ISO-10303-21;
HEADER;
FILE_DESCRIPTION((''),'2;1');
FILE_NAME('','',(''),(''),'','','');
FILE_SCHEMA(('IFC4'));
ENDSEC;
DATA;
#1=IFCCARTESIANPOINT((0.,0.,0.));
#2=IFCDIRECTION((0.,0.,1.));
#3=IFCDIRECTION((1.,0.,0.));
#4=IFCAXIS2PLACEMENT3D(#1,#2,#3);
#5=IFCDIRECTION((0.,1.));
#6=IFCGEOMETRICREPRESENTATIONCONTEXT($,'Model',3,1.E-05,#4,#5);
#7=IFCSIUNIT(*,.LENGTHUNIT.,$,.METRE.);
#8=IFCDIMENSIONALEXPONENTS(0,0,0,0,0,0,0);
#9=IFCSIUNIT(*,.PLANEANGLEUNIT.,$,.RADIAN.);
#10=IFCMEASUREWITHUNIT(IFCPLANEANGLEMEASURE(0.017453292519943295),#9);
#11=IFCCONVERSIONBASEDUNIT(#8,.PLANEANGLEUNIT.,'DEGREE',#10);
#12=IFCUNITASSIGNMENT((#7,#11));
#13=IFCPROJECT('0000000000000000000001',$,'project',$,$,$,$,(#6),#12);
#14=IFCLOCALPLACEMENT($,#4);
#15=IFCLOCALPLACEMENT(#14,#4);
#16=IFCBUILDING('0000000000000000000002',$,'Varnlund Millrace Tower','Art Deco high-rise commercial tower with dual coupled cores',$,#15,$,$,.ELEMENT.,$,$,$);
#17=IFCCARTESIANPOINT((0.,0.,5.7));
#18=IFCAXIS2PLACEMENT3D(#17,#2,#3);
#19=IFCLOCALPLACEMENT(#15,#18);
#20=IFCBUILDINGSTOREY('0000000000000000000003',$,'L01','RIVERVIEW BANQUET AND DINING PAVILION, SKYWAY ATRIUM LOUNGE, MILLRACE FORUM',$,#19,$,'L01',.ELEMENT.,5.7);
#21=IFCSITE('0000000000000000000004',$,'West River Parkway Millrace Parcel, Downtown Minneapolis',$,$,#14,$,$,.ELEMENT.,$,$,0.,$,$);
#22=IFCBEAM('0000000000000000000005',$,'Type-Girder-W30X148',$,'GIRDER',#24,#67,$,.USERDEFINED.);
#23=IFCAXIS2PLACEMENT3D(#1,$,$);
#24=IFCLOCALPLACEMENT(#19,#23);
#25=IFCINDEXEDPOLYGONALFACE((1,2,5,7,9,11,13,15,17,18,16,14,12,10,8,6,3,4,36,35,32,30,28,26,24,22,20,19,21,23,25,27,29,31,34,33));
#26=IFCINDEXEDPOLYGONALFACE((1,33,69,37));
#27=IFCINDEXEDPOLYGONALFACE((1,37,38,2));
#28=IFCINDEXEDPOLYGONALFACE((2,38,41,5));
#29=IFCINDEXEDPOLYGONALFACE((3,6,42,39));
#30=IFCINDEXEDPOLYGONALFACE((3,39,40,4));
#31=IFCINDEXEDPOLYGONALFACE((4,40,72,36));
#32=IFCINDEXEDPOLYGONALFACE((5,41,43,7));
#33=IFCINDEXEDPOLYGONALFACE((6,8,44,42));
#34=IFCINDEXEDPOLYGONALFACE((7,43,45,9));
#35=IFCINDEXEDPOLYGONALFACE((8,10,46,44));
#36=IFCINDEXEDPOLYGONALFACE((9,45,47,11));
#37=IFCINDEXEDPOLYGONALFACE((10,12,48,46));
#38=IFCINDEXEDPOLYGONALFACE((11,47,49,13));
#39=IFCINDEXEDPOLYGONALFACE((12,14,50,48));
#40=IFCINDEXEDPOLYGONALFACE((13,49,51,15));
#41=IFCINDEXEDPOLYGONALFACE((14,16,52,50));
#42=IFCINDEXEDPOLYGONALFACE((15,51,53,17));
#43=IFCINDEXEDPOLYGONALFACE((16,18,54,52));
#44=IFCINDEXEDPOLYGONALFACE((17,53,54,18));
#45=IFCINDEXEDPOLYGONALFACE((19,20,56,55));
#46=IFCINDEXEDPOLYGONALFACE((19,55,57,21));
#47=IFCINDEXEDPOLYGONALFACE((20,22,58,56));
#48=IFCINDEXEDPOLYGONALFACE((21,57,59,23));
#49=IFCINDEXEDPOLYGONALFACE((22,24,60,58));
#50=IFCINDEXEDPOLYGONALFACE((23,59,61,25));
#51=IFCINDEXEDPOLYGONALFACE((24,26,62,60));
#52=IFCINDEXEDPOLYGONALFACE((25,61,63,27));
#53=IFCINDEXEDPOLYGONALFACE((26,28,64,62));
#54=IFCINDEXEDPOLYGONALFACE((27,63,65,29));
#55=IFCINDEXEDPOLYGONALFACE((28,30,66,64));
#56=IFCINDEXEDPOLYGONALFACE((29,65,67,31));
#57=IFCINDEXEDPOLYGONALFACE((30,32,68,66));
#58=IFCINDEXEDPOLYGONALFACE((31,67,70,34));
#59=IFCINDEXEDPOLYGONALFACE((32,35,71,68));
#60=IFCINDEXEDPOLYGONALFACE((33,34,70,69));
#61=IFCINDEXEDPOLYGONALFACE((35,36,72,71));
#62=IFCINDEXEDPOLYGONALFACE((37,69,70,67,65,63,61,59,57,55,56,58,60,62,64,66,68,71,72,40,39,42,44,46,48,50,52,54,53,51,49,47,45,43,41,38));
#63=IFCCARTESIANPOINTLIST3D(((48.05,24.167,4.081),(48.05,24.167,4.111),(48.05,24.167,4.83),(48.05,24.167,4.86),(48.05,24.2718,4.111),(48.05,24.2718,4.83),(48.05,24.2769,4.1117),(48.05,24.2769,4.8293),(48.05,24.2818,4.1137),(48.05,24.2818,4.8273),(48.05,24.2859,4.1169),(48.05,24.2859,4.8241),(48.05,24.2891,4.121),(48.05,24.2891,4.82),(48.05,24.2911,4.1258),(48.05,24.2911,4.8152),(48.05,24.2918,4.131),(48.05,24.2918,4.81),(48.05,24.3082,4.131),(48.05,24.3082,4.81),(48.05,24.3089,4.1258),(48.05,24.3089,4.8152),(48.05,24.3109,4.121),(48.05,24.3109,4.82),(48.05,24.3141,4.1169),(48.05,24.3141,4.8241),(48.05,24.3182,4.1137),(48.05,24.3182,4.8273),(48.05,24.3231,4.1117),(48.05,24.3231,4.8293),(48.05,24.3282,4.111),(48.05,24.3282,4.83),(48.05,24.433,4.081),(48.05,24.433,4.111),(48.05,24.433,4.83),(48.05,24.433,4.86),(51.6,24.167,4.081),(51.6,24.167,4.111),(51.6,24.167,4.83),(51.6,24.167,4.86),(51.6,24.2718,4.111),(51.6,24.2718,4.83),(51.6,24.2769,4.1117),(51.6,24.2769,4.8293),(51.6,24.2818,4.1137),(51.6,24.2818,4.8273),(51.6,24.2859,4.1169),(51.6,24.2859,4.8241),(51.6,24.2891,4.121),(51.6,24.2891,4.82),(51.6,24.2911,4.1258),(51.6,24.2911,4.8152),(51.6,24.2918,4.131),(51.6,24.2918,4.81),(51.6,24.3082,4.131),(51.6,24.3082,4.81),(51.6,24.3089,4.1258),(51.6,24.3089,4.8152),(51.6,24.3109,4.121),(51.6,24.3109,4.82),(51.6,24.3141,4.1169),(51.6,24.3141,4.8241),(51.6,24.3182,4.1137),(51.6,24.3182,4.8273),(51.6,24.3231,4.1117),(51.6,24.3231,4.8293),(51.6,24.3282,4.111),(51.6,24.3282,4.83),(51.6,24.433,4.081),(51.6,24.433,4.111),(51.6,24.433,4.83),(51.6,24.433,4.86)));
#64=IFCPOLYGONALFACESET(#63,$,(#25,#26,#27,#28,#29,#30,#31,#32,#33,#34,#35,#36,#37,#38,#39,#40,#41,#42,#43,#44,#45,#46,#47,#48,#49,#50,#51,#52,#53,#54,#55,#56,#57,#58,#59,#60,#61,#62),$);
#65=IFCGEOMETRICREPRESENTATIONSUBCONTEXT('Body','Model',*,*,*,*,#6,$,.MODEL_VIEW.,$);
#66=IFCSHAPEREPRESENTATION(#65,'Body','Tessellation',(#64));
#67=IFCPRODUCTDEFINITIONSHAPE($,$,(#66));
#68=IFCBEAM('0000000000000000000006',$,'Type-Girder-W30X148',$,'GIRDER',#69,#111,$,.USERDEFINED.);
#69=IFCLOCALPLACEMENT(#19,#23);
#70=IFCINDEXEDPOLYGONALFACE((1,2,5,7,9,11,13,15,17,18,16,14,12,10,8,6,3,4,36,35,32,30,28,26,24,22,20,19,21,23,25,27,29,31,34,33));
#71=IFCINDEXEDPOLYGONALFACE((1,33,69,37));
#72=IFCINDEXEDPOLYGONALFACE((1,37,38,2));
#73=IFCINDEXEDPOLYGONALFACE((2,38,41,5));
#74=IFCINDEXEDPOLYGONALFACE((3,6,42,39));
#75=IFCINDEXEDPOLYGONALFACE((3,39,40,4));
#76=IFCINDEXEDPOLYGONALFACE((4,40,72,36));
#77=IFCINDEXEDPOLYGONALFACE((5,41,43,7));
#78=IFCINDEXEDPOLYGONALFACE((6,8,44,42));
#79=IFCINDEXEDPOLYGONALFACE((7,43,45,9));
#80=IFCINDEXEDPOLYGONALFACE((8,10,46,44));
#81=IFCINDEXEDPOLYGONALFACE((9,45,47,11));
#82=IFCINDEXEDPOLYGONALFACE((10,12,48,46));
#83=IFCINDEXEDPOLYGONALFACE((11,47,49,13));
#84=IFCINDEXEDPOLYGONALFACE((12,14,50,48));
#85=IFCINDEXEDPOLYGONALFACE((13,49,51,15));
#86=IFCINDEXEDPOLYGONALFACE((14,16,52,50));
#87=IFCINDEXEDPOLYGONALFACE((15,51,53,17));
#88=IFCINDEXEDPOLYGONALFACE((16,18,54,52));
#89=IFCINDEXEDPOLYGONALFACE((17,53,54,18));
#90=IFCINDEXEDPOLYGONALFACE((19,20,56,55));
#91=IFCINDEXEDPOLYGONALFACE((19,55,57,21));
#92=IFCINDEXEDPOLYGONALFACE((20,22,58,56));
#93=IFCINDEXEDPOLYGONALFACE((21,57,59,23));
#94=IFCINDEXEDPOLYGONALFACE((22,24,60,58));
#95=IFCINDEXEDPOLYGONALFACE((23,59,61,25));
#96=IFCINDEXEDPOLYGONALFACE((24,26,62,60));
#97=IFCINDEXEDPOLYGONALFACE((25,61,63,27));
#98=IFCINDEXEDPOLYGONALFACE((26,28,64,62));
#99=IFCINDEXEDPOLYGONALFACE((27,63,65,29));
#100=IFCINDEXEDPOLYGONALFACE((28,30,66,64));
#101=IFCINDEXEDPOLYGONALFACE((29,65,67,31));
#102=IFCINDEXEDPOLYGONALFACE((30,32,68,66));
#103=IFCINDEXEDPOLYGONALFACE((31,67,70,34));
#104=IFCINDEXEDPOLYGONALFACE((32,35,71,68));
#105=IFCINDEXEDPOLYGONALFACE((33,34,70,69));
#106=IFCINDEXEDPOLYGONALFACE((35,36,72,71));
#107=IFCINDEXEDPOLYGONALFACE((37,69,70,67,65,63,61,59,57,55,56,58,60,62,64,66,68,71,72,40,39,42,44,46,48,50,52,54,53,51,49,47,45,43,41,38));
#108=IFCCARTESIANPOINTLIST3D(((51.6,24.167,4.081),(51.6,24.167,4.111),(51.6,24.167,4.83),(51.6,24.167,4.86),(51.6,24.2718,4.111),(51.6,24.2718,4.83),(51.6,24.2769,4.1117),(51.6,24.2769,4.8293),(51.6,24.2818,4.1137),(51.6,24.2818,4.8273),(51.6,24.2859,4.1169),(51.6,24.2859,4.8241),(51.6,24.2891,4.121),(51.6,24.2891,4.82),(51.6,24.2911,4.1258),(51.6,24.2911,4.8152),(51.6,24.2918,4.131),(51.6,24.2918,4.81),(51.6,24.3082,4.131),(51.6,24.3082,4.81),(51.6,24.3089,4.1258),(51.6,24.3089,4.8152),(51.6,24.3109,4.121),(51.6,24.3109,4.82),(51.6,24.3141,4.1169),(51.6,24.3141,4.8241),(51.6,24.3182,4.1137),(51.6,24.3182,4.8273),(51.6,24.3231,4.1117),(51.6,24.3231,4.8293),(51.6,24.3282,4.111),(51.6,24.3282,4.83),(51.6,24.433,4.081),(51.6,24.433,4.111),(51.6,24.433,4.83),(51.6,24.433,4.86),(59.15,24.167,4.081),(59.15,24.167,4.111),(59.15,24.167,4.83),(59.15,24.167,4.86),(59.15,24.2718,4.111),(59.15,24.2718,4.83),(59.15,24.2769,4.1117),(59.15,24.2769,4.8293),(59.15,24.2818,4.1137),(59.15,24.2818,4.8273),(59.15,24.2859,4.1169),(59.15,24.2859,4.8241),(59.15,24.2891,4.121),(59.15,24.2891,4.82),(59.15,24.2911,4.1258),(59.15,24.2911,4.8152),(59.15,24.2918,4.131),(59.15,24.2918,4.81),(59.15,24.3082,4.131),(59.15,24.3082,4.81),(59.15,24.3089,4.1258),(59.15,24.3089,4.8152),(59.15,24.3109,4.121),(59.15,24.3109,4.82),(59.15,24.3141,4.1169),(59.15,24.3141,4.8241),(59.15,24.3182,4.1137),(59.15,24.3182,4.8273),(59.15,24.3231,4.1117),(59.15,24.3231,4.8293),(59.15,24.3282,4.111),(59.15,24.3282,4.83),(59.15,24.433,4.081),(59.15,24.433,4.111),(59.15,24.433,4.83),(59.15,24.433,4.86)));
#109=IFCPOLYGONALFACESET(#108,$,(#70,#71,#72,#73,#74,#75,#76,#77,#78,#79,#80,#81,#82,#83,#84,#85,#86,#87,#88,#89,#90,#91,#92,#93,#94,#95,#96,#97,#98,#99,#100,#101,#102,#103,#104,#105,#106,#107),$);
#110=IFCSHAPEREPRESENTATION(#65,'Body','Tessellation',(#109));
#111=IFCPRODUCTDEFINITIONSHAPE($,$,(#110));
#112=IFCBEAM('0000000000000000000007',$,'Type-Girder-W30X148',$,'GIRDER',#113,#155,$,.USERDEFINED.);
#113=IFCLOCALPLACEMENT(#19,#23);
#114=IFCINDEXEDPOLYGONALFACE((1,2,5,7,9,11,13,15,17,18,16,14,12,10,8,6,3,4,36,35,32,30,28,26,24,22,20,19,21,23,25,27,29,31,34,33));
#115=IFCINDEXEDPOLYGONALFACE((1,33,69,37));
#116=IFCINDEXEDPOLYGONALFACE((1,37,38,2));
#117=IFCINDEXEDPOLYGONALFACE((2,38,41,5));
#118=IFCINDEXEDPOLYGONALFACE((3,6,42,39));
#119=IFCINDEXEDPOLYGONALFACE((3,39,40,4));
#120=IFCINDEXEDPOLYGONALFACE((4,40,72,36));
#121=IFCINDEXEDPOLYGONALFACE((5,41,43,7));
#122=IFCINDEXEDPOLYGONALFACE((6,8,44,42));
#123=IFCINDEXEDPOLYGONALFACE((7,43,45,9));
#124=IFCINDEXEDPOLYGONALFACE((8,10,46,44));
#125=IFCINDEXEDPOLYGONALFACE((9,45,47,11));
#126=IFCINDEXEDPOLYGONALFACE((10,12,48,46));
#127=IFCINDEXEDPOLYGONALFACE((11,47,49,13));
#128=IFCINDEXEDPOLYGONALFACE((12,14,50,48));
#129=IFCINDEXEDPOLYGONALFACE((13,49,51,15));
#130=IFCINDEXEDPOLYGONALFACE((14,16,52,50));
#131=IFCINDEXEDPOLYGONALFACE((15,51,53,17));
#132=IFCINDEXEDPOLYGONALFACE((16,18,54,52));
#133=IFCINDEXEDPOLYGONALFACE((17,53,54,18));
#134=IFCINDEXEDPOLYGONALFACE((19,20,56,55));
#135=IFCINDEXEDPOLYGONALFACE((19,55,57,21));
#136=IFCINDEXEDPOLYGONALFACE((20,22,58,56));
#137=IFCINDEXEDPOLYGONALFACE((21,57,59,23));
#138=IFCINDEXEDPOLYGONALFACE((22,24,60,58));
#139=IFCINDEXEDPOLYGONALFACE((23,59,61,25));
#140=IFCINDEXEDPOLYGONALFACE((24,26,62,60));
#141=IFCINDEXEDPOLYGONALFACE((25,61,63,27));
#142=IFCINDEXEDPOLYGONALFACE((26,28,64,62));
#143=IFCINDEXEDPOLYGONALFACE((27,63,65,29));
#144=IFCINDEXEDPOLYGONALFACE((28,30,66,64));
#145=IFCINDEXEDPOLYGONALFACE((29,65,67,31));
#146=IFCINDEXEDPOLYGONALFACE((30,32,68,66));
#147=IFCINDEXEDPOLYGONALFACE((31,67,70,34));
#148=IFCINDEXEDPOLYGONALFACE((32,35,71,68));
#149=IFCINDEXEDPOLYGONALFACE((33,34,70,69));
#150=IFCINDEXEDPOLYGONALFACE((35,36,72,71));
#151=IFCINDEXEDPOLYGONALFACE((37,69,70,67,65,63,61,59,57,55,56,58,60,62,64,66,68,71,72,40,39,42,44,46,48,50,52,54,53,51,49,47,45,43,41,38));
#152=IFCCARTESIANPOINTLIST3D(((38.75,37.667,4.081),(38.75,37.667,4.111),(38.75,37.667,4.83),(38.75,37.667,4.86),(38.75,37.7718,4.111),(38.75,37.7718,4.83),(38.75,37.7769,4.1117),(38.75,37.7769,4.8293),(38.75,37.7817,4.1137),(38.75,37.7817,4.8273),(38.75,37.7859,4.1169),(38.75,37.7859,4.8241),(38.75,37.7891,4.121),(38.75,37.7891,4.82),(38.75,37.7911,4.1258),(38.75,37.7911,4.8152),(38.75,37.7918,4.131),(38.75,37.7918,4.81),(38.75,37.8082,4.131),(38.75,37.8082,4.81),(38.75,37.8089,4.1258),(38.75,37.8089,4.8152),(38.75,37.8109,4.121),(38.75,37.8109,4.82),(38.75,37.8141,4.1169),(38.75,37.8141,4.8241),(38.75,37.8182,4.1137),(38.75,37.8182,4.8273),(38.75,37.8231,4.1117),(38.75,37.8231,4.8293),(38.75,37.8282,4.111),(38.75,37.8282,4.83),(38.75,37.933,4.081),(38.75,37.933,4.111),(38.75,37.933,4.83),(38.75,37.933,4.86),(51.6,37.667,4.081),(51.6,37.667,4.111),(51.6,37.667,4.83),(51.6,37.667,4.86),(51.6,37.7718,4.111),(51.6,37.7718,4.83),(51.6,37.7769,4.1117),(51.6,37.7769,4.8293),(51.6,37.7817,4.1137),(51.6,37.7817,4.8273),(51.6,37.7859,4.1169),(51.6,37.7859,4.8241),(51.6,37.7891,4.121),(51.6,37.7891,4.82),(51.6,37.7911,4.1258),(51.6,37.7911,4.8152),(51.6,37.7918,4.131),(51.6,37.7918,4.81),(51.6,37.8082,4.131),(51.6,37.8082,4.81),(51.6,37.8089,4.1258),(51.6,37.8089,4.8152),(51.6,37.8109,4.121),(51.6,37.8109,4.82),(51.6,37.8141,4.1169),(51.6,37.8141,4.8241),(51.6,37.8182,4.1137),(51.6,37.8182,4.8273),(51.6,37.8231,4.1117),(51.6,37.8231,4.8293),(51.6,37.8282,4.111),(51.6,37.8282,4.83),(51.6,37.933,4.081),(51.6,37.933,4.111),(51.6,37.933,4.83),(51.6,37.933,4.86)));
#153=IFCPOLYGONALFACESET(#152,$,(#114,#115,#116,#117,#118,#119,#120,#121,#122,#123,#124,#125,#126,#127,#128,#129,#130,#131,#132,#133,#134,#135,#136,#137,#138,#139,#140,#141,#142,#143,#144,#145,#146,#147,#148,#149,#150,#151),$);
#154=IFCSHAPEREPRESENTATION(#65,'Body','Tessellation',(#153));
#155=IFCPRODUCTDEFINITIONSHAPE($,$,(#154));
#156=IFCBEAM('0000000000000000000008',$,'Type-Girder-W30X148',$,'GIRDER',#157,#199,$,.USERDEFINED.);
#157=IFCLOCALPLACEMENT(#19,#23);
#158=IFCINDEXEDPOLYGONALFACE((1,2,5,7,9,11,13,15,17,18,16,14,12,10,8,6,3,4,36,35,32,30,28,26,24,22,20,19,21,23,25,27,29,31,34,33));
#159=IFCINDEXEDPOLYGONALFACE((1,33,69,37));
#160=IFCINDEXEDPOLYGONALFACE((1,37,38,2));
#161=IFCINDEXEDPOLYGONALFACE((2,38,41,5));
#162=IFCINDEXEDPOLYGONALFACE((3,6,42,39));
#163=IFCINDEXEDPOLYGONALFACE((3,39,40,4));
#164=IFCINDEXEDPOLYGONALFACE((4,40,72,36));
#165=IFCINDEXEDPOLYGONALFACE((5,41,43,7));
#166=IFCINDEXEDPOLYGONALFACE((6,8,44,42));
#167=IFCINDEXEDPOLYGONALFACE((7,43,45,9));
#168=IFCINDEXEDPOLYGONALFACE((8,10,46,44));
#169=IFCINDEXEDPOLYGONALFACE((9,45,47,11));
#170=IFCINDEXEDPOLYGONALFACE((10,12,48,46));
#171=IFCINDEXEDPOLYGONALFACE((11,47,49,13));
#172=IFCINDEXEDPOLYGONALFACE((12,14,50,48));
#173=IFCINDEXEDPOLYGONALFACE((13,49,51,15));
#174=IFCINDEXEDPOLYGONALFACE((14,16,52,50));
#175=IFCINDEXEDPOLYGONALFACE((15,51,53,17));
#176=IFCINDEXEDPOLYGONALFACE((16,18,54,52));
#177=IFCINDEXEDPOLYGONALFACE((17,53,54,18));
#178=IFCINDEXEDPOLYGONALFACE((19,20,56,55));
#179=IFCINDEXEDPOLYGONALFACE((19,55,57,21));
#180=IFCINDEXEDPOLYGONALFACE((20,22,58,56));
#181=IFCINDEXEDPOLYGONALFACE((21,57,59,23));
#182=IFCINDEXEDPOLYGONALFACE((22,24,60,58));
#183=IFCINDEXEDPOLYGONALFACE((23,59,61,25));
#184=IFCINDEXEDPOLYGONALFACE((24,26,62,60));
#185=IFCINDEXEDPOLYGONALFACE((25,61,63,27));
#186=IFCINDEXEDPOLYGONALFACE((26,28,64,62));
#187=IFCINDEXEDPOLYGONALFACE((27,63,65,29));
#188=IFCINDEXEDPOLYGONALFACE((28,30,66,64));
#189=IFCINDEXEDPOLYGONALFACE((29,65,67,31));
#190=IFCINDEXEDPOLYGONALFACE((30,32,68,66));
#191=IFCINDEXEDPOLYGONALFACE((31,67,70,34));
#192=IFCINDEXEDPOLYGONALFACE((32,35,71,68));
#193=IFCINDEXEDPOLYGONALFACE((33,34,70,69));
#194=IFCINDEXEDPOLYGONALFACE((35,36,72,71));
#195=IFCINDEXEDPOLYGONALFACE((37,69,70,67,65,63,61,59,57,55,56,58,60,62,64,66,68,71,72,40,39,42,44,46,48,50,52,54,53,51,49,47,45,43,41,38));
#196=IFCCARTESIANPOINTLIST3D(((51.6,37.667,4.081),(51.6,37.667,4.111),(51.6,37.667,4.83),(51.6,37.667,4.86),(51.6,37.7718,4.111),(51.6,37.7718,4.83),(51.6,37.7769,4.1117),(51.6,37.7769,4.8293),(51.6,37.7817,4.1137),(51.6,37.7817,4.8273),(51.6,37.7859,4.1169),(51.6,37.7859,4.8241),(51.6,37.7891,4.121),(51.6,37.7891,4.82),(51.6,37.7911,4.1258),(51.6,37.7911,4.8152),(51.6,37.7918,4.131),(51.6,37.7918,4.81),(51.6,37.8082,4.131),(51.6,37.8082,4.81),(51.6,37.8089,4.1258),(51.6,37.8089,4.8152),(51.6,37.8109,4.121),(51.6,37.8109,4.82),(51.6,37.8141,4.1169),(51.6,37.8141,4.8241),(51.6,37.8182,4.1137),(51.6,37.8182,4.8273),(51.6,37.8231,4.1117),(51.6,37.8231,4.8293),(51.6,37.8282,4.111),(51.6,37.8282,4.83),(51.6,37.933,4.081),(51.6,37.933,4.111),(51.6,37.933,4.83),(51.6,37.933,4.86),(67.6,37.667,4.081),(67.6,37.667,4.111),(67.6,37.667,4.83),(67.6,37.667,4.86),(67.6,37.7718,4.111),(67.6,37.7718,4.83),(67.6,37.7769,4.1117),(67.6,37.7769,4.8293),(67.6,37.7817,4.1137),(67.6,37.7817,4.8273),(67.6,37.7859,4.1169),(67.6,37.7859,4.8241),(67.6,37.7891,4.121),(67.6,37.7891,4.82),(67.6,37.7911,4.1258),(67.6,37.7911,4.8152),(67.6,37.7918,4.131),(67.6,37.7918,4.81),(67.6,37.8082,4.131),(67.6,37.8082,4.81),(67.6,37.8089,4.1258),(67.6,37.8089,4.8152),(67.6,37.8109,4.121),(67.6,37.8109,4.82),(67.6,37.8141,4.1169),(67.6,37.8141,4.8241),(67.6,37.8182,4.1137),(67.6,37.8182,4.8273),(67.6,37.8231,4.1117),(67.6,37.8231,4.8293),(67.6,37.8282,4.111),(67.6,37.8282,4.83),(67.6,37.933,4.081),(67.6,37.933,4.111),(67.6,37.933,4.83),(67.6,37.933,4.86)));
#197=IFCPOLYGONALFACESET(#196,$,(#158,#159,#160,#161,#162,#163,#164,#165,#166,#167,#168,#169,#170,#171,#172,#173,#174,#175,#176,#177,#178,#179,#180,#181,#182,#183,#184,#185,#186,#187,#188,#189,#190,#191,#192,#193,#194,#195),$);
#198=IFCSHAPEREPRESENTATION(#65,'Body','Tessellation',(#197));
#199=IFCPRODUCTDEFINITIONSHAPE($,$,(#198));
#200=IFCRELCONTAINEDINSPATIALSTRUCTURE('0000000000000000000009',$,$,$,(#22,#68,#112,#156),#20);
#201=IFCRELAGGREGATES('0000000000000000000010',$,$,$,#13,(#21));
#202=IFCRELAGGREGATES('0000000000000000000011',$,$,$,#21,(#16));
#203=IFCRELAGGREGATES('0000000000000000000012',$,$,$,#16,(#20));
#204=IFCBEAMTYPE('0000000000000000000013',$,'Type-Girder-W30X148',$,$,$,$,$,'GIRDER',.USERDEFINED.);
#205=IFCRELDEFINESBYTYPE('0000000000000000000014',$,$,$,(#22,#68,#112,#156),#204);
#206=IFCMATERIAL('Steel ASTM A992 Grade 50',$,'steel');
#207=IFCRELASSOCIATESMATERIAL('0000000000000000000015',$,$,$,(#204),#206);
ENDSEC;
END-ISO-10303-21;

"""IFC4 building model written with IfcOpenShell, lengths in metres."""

from ifc_helpers import new_model, entity, si_unit, converted_unit, direction, frame, origin_with_axes, origin_2d_with_axis, place, context, subcontext, project, spatial, i_section, extrude, material, material_profile, profile_set, type_object, element, save


model = new_model("IFC4")

# Units and contexts
model_context = context("Model", 3, precision=1e-05, world=origin_with_axes(), true_north=direction((0.0, 1.0)))
body_context = subcontext(model_context, "Body", "Model", "MODEL_VIEW")
ifc_project = project(units=[si_unit("LENGTHUNIT", "METRE"), converted_unit("PLANEANGLEUNIT", "DEGREE", entity("IfcPlaneAngleMeasure", 0.017453292519943295), si_unit("PLANEANGLEUNIT", "RADIAN"), dimensions=[0, 0, 0, 0, 0, 0, 0])], contexts=[model_context])

# Site, building, storey
site_placement = place(None, origin_with_axes())
site = spatial("IfcSite", under=ifc_project, at=site_placement, Name="West River Parkway Millrace Parcel, Downtown Minneapolis", CompositionType="ELEMENT", RefElevation=0.0)
building_placement = place(site_placement, origin_with_axes())
building = spatial("IfcBuilding", under=site, at=building_placement, Name="Varnlund Millrace Tower", Description="Art Deco high-rise commercial tower with dual coupled cores", CompositionType="ELEMENT")
storey_placement = place(building_placement, frame((0.0, 0.0, 5.7), z_axis=(0.0, 0.0, 1.0), x_axis=(1.0, 0.0, 0.0)))
storey = spatial("IfcBuildingStorey", under=building, at=storey_placement, Name="L01", Description="RIVERVIEW BANQUET AND DINING PAVILION, SKYWAY ATRIUM LOUNGE, MILLRACE FORUM", LongName="L01", CompositionType="ELEMENT", Elevation=5.7)

# Beams
ifc_material_1 = material(Name="Steel ASTM A992 Grade 50", Category="steel")
ifc_material_profile_1 = material_profile(ifc_material_1, i_section(OverallWidth=0.266, OverallDepth=0.779, WebThickness=0.0165, FlangeThickness=0.03, FilletRadius=0.02, at=origin_2d_with_axis()), Name="Steel ASTM A992 Grade 50")
ifc_profile_set_1 = profile_set([ifc_material_profile_1], Name="Steel ASTM A992 Grade 50")
beam_type_1 = type_object("IfcBeamType", Name="Type-Girder-W30X148", ElementType="GIRDER", PredefinedType="USERDEFINED", material=ifc_profile_set_1)
beam_1_placement = place(storey_placement, frame((48.05, 24.3, 4.4705), z_axis=(1.0, 0.0, 0.0), x_axis=(0.0, 1.0, 0.0)))
element("IfcBeam", 1, at=beam_1_placement, inside=storey, type_object=beam_type_1, Name="Type-Girder-W30X148", ObjectType="GIRDER", PredefinedType="USERDEFINED", context=body_context, shape_type="SweptSolid", body=[
    extrude(i_section(OverallWidth=0.266, OverallDepth=0.779, WebThickness=0.0165, FlangeThickness=0.03, FilletRadius=0.02, at=origin_2d_with_axis()), origin_with_axes(), (0.0, 0.0, 1.0), 3.55),
])
beam_2_placement = place(storey_placement, frame((51.6, 24.3, 4.4705), z_axis=(1.0, 0.0, 0.0), x_axis=(0.0, 1.0, 0.0)))
element("IfcBeam", 2, at=beam_2_placement, inside=storey, type_object=beam_type_1, Name="Type-Girder-W30X148", ObjectType="GIRDER", PredefinedType="USERDEFINED", context=body_context, shape_type="SweptSolid", body=[
    extrude(i_section(OverallWidth=0.266, OverallDepth=0.779, WebThickness=0.0165, FlangeThickness=0.03, FilletRadius=0.02, at=origin_2d_with_axis()), origin_with_axes(), (0.0, 0.0, 1.0), 7.55),
])
beam_3_placement = place(storey_placement, frame((38.75, 37.8, 4.4705), z_axis=(1.0, 0.0, 0.0), x_axis=(0.0, 1.0, 0.0)))
element("IfcBeam", 3, at=beam_3_placement, inside=storey, type_object=beam_type_1, Name="Type-Girder-W30X148", ObjectType="GIRDER", PredefinedType="USERDEFINED", context=body_context, shape_type="SweptSolid", body=[
    extrude(i_section(OverallWidth=0.266, OverallDepth=0.779, WebThickness=0.0165, FlangeThickness=0.03, FilletRadius=0.02, at=origin_2d_with_axis()), origin_with_axes(), (0.0, 0.0, 1.0), 12.85),
])
beam_4_placement = place(storey_placement, frame((51.6, 37.8, 4.4705), z_axis=(1.0, 0.0, 0.0), x_axis=(0.0, 1.0, 0.0)))
element("IfcBeam", 4, at=beam_4_placement, inside=storey, type_object=beam_type_1, Name="Type-Girder-W30X148", ObjectType="GIRDER", PredefinedType="USERDEFINED", context=body_context, shape_type="SweptSolid", body=[
    extrude(i_section(OverallWidth=0.266, OverallDepth=0.779, WebThickness=0.0165, FlangeThickness=0.03, FilletRadius=0.02, at=origin_2d_with_axis()), origin_with_axes(), (0.0, 0.0, 1.0), 16.0),
])

save(model, "model.ifc")
